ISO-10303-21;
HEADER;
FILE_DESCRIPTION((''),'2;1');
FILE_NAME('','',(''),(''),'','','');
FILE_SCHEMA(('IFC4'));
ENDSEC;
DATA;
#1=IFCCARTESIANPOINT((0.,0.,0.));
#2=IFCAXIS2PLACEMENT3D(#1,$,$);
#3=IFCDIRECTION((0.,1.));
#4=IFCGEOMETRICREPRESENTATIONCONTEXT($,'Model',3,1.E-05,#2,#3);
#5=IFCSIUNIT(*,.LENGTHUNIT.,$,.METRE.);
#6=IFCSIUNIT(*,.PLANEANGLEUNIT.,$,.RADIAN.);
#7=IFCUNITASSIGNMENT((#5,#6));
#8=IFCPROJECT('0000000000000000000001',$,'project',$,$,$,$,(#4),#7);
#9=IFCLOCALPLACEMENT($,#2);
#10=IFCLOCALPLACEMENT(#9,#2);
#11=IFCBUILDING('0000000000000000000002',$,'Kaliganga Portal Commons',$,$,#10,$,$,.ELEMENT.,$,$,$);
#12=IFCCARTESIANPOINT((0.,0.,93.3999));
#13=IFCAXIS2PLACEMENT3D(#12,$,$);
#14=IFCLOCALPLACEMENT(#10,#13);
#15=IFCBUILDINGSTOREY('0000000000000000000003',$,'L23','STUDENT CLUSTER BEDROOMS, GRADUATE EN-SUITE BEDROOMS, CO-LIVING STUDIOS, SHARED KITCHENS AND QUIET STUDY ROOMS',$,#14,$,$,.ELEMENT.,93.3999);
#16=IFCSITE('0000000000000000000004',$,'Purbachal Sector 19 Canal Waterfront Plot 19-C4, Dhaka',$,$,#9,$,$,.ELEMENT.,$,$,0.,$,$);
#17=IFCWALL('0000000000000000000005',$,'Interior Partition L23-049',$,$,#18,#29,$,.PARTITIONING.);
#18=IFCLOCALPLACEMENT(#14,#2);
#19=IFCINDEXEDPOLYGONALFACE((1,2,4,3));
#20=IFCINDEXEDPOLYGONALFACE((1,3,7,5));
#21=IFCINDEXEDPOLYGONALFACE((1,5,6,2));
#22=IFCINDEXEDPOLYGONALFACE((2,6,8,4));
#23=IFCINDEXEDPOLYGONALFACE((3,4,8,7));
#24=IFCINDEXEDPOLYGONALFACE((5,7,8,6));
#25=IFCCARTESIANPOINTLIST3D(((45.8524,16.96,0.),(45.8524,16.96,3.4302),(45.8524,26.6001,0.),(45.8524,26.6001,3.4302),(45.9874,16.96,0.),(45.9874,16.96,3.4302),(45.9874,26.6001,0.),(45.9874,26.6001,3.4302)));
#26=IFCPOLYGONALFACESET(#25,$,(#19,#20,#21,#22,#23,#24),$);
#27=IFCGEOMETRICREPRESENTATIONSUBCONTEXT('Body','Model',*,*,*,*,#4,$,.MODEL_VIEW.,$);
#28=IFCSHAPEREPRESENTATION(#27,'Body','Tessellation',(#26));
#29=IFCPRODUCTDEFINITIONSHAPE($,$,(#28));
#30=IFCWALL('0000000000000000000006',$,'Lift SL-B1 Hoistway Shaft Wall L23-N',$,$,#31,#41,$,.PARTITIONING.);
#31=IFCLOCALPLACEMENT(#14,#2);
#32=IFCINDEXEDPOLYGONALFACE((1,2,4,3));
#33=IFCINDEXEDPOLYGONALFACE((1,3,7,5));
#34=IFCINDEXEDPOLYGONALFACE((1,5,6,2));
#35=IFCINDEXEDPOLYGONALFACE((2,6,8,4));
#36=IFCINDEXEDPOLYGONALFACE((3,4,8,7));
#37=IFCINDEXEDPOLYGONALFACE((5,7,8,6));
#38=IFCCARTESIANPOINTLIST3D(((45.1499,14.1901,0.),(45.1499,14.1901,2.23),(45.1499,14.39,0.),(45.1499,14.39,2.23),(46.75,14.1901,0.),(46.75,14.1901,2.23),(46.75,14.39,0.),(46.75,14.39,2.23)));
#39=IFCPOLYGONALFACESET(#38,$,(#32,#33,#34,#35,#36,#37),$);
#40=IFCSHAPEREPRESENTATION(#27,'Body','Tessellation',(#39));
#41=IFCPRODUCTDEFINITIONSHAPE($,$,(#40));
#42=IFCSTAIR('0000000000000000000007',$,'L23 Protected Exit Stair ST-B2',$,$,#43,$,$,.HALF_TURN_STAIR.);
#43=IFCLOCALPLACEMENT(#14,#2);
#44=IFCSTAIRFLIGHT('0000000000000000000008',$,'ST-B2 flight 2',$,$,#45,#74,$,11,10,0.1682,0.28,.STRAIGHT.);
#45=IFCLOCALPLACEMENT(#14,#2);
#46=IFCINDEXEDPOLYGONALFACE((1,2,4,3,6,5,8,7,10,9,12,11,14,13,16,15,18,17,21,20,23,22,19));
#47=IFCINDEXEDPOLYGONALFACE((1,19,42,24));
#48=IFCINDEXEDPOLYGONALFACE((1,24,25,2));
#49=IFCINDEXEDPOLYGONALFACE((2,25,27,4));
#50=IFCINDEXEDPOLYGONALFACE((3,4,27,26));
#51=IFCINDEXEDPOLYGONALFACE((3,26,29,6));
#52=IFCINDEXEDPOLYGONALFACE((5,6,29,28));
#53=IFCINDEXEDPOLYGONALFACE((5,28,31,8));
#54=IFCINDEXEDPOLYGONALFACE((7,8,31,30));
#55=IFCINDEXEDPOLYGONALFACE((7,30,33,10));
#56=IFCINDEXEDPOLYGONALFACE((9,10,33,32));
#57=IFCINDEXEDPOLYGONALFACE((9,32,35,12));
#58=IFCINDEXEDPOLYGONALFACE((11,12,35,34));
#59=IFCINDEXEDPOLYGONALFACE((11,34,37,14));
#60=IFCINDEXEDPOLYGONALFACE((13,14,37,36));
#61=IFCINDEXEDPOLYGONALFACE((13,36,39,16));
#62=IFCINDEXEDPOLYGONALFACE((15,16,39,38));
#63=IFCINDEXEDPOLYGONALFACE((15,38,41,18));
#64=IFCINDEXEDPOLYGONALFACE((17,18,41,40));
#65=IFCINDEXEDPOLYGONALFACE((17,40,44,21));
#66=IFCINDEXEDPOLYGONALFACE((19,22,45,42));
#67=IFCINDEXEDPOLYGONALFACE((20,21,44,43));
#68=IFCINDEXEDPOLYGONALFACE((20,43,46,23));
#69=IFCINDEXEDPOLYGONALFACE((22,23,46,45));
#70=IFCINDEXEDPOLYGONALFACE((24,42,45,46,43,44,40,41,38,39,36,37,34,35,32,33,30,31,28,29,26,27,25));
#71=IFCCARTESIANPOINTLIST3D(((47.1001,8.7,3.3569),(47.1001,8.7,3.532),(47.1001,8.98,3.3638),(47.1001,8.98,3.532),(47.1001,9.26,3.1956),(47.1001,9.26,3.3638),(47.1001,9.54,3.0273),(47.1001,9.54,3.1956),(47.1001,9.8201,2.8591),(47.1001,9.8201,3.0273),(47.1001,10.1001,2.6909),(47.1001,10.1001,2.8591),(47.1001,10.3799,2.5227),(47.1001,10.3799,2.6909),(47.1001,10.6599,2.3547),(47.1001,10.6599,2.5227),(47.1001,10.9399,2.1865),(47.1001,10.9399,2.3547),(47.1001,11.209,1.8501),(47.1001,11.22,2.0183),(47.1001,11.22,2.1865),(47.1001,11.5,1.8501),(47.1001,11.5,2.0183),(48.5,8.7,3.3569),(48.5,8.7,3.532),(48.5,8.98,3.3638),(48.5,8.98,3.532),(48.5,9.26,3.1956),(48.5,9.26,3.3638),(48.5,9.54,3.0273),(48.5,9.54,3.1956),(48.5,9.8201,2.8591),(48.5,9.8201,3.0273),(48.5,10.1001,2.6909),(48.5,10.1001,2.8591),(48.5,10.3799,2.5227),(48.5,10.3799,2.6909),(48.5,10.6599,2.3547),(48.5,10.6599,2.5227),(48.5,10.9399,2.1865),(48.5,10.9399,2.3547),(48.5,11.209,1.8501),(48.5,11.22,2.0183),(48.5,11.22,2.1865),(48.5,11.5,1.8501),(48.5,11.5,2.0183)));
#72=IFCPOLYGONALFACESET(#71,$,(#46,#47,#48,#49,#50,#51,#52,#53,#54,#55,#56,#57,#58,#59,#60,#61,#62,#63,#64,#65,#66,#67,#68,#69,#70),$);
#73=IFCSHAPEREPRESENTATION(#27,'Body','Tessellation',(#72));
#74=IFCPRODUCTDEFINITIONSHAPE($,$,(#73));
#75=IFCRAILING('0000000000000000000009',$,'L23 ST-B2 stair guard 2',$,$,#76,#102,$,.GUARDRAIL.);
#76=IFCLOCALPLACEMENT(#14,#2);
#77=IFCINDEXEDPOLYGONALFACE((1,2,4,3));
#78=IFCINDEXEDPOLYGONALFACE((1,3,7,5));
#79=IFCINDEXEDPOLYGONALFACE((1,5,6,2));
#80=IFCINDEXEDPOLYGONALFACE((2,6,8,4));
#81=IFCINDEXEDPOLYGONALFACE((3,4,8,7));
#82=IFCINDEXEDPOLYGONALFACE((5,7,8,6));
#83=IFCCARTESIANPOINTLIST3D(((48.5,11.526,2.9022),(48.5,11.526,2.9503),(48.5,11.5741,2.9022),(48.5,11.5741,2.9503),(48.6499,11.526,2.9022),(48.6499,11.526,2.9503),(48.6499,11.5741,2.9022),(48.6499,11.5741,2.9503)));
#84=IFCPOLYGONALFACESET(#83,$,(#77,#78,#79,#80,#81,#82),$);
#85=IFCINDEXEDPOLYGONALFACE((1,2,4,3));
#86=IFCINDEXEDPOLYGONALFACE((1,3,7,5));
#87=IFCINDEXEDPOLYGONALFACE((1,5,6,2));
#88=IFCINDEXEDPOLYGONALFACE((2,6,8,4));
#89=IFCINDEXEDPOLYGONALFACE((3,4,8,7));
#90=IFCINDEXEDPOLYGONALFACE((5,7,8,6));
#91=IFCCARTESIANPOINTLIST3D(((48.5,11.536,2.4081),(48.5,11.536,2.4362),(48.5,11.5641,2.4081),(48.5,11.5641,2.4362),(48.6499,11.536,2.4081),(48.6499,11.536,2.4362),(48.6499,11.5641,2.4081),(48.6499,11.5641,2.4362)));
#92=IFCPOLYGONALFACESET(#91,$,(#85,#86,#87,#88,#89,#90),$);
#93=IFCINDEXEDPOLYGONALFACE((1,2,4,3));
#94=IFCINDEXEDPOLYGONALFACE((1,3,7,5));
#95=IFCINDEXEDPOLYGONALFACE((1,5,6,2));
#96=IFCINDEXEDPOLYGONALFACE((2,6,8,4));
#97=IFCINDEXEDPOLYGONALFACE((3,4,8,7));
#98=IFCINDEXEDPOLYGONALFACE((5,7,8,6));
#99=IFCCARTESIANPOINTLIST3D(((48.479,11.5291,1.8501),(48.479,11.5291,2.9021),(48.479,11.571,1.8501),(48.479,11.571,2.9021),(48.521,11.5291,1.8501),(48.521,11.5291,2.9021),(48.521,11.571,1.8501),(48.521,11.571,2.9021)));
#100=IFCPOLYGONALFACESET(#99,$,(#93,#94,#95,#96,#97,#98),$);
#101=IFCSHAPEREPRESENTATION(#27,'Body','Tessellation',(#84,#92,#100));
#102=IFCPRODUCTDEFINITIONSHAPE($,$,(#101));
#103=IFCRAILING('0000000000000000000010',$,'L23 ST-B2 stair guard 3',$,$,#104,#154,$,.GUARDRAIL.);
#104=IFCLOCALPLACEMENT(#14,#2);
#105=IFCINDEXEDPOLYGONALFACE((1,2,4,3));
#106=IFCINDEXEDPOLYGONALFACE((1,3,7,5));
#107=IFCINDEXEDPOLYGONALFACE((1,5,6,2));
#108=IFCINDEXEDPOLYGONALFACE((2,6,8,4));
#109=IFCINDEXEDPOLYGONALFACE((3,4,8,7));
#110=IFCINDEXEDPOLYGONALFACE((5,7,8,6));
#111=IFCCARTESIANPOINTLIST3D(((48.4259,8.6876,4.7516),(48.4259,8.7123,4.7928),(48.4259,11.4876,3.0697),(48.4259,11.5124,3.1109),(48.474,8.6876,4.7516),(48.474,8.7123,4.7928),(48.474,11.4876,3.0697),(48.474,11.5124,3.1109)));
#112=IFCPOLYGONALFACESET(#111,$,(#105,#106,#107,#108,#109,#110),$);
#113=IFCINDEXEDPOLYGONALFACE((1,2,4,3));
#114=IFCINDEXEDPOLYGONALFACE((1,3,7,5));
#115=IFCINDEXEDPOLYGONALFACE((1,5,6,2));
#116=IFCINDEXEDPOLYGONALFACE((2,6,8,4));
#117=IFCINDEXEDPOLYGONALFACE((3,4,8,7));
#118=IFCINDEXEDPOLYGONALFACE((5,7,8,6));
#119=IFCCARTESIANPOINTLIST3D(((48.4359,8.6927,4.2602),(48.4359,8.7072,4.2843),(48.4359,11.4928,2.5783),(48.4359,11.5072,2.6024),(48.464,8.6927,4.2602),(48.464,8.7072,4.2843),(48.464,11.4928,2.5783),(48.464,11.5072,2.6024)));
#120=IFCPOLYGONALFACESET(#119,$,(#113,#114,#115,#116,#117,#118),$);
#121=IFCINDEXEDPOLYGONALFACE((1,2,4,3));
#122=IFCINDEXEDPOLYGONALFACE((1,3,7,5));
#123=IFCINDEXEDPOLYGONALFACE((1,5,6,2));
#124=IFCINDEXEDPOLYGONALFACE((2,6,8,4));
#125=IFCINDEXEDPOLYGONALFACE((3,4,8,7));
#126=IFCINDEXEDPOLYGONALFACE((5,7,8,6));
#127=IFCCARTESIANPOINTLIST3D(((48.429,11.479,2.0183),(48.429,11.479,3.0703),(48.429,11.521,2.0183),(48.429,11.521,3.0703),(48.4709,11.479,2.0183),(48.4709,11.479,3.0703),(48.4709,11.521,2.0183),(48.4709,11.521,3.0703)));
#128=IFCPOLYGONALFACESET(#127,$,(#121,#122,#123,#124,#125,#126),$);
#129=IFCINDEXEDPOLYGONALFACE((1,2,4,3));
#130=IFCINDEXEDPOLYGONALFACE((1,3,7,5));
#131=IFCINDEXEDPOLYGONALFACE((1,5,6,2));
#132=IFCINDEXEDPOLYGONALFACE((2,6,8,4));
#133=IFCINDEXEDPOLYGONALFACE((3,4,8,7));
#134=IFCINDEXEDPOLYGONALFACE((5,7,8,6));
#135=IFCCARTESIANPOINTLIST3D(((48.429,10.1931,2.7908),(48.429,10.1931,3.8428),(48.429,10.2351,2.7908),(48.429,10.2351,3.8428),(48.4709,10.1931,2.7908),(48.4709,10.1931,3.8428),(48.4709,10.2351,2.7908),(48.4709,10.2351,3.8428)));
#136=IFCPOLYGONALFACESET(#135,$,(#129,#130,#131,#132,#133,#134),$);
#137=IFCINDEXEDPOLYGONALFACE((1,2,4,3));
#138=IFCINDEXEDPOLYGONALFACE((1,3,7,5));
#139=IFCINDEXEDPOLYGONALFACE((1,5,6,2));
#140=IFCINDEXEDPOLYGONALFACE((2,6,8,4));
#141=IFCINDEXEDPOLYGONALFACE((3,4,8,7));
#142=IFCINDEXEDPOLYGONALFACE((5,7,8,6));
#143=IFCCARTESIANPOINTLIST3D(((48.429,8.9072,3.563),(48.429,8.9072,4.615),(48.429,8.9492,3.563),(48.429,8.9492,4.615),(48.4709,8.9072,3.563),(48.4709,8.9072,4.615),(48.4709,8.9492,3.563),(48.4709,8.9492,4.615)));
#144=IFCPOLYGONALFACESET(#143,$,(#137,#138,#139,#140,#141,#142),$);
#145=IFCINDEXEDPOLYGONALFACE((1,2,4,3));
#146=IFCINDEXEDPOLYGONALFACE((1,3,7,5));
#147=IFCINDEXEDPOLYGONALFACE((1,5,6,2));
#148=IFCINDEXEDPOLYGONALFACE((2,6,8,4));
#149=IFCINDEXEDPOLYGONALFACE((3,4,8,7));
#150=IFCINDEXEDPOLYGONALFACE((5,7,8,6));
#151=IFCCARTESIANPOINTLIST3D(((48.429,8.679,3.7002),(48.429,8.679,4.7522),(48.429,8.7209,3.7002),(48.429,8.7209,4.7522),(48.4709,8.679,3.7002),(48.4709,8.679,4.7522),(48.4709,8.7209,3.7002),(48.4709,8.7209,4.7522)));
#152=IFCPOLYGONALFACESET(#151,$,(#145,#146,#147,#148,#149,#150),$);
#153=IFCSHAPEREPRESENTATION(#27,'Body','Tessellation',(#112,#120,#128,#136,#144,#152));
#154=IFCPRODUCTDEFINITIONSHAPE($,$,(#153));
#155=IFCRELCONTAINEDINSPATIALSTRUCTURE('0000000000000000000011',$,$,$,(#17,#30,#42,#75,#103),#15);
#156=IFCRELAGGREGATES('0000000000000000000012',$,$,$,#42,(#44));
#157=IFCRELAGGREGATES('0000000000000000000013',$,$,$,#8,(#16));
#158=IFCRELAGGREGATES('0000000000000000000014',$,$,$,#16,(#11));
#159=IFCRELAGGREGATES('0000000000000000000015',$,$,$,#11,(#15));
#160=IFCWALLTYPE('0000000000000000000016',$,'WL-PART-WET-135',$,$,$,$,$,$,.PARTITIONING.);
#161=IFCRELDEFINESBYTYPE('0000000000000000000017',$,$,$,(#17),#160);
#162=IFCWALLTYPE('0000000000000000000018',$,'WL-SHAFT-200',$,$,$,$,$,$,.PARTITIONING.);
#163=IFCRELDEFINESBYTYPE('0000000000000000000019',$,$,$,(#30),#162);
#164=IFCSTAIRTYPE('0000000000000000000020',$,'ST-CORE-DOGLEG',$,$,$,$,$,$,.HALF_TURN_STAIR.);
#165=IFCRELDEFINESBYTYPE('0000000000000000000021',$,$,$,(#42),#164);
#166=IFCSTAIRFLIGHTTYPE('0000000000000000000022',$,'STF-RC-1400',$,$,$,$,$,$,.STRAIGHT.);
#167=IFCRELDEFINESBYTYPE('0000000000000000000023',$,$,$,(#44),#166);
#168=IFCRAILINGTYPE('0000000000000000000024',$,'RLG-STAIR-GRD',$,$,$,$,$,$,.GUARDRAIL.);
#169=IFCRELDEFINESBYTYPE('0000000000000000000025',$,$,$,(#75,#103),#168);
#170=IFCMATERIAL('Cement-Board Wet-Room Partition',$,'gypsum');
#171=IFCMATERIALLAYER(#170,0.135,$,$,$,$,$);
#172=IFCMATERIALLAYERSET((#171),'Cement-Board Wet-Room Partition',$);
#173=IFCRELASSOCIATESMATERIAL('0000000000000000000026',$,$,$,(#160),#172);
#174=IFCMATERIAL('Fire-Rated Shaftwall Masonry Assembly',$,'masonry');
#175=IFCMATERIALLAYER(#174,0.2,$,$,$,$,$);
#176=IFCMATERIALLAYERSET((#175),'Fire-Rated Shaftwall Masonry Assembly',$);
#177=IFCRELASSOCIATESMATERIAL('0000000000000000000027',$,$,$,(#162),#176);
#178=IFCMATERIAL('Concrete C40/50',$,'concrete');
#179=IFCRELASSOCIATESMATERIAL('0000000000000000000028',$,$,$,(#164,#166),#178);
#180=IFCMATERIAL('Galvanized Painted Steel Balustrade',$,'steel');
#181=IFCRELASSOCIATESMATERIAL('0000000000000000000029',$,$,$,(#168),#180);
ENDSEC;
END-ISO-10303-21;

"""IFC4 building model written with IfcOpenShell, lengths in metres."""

from ifc_helpers import new_model, si_unit, direction, frame, frame_2d, origin, origin_2d, place, context, subcontext, project, spatial, polyline, rectangle, outline, extrude, material, layer, layer_set, type_object, element, aggregate, save


model = new_model("IFC4")

# Units and contexts
model_context = context("Model", 3, precision=1e-05, world=origin(), true_north=direction((0.0, 1.0)))
body_context = subcontext(model_context, "Body", "Model", "MODEL_VIEW")
ifc_project = project(units=[si_unit("LENGTHUNIT", "METRE"), si_unit("PLANEANGLEUNIT", "RADIAN")], contexts=[model_context])

# Site, building, storey
site_placement = place(None, origin())
site = spatial("IfcSite", under=ifc_project, at=site_placement, Name="Purbachal Sector 19 Canal Waterfront Plot 19-C4, Dhaka", CompositionType="ELEMENT", RefElevation=0.0)
building_placement = place(site_placement, origin())
building = spatial("IfcBuilding", under=site, at=building_placement, Name="Kaliganga Portal Commons", CompositionType="ELEMENT")
storey_placement = place(building_placement, frame((0.0, 0.0, 93.3999)))
storey = spatial("IfcBuildingStorey", under=building, at=storey_placement, Name="L23", Description="STUDENT CLUSTER BEDROOMS, GRADUATE EN-SUITE BEDROOMS, CO-LIVING STUDIOS, SHARED KITCHENS AND QUIET STUDY ROOMS", CompositionType="ELEMENT", Elevation=93.3999)

# Walls
ifc_material_1 = material(Name="Cement-Board Wet-Room Partition", Category="gypsum")
ifc_layer_1 = layer(ifc_material_1, 0.135)
ifc_layer_set_1 = layer_set([ifc_layer_1], Name="Cement-Board Wet-Room Partition")
wall_type_1 = type_object("IfcWallType", Name="WL-PART-WET-135", PredefinedType="PARTITIONING", material=ifc_layer_set_1)
wall_1_placement = place(storey_placement, frame((45.9199, 16.96, 0.0), z_axis=(0.0, 0.0, 1.0), x_axis=(0.0, 1.0, 0.0)))
element("IfcWall", 1, at=wall_1_placement, inside=storey, type_object=wall_type_1, Name="Interior Partition L23-049", PredefinedType="PARTITIONING", context=body_context, shape_type="SweptSolid", body=[
    extrude(rectangle(XDim=9.6401, YDim=0.135, at=frame_2d((4.8201, 0.0))), origin(), (0.0, 0.0, 1.0), 3.4302),
])
ifc_material_2 = material(Name="Fire-Rated Shaftwall Masonry Assembly", Category="masonry")
ifc_layer_2 = layer(ifc_material_2, 0.2)
ifc_layer_set_2 = layer_set([ifc_layer_2], Name="Fire-Rated Shaftwall Masonry Assembly")
wall_type_2 = type_object("IfcWallType", Name="WL-SHAFT-200", PredefinedType="PARTITIONING", material=ifc_layer_set_2)
wall_2_placement = place(storey_placement, frame((45.1499, 14.29, 0.0), z_axis=(0.0, 0.0, 1.0), x_axis=(1.0, 0.0, 0.0)))
element("IfcWall", 2, at=wall_2_placement, inside=storey, type_object=wall_type_2, Name="Lift SL-B1 Hoistway Shaft Wall L23-N", PredefinedType="PARTITIONING", context=body_context, shape_type="SweptSolid", body=[
    extrude(rectangle(XDim=1.6001, YDim=0.2, at=frame_2d((0.8, 0.0))), origin(), (0.0, 0.0, 1.0), 2.23),
])

# Stair, stair flight
ifc_material_3 = material(Name="Concrete C40/50", Category="concrete")
stair_type = type_object("IfcStairType", Name="ST-CORE-DOGLEG", PredefinedType="HALF_TURN_STAIR", material=ifc_material_3)
stair_placement = place(storey_placement, origin())
stair = element("IfcStair", 3, at=stair_placement, inside=storey, type_object=stair_type, Name="L23 Protected Exit Stair ST-B2", PredefinedType="HALF_TURN_STAIR")
stair_flight_type = type_object("IfcStairFlightType", Name="STF-RC-1400", PredefinedType="STRAIGHT", material=ifc_material_3)
stair_flight_placement = place(storey_placement, frame((47.8, 11.5, 1.8501), z_axis=(0.0, 0.0, 1.0), x_axis=(0.0, -1.0, 0.0)))
stair_flight = element("IfcStairFlight", 4, at=stair_flight_placement, type_object=stair_flight_type, Name="ST-B2 flight 2", NumberOfRisers=11, NumberOfTreads=10, PredefinedType="STRAIGHT", RiserHeight=0.1682, TreadLength=0.28, context=body_context, shape_type="SweptSolid", body=[
    extrude(outline(polyline([(0.0, 0.0), (0.0, 0.1682), (0.28, 0.1682), (0.28, 0.3364), (0.5601, 0.3364), (0.5601, 0.5046), (0.8401, 0.5046), (0.8401, 0.6726), (1.1201, 0.6726), (1.1201, 0.8408), (1.3999, 0.8408), (1.3999, 1.009), (1.6799, 1.009), (1.6799, 1.1772), (1.96, 1.1772), (1.96, 1.3455), (2.24, 1.3455), (2.24, 1.5137), (2.52, 1.5137), (2.52, 1.6819), (2.8, 1.6819), (2.8, 1.8501), (2.8, 1.5068), (0.291, 0.0), (0.0, 0.0)])), frame((0.0, 0.7, 0.0), z_axis=(0.0, -1.0, 0.0), x_axis=(1.0, 0.0, 0.0)), (0.0, 0.0, 1.0), 1.3999),
])
aggregate(stair, [stair_flight])

# Railings
ifc_material_4 = material(Name="Galvanized Painted Steel Balustrade", Category="steel")
railing_type = type_object("IfcRailingType", Name="RLG-STAIR-GRD", PredefinedType="GUARDRAIL", material=ifc_material_4)
railing_1_placement = place(storey_placement, frame((48.6499, 11.55, 1.8501)))
element("IfcRailing", 5, at=railing_1_placement, inside=storey, type_object=railing_type, Name="L23 ST-B2 stair guard 2", PredefinedType="GUARDRAIL", context=body_context, shape_type="SweptSolid", body=[
    extrude(rectangle(XDim=0.0481, YDim=0.0481, at=origin_2d()), frame((0.0, 0.0, 1.0762), z_axis=(-1.0, 0.0, 0.0), x_axis=(0.0, -1.0, 0.0)), (0.0, 0.0, 1.0), 0.1499),
    extrude(rectangle(XDim=0.0281, YDim=0.0281, at=origin_2d()), frame((0.0, 0.0, 0.572), z_axis=(-1.0, 0.0, 0.0), x_axis=(0.0, -1.0, 0.0)), (0.0, 0.0, 1.0), 0.1499),
    extrude(rectangle(XDim=0.042, YDim=0.042, at=origin_2d()), frame((-0.1499, 0.0, 0.0)), (0.0, 0.0, 1.0), 1.052),
])
railing_2_placement = place(storey_placement, frame((48.45, 11.5, 2.0183)))
element("IfcRailing", 6, at=railing_2_placement, inside=storey, type_object=railing_type, Name="L23 ST-B2 stair guard 3", PredefinedType="GUARDRAIL", context=body_context, shape_type="SweptSolid", body=[
    extrude(rectangle(XDim=0.0481, YDim=0.0481, at=origin_2d()), frame((0.0, 0.0, 1.072), z_axis=(0.0, -0.857242, 0.514913), x_axis=(1.0, 0.0, 0.0)), (0.0, 0.0, 1.0), 3.2664),
    extrude(rectangle(XDim=0.0281, YDim=0.0281, at=origin_2d()), frame((0.0, 0.0, 0.572), z_axis=(0.0, -0.857242, 0.514913), x_axis=(1.0, 0.0, 0.0)), (0.0, 0.0, 1.0), 3.2664),
    extrude(rectangle(XDim=0.042, YDim=0.042, at=origin_2d()), origin(), (0.0, 0.0, 1.0), 1.052),
    extrude(rectangle(XDim=0.042, YDim=0.042, at=origin_2d()), frame((0.0, -1.2859, 0.7725)), (0.0, 0.0, 1.0), 1.052),
    extrude(rectangle(XDim=0.042, YDim=0.042, at=origin_2d()), frame((0.0, -2.5718, 1.5447)), (0.0, 0.0, 1.0), 1.052),
    extrude(rectangle(XDim=0.042, YDim=0.042, at=origin_2d()), frame((0.0, -2.8, 1.6819)), (0.0, 0.0, 1.0), 1.052),
])

save(model, "model.ifc")
